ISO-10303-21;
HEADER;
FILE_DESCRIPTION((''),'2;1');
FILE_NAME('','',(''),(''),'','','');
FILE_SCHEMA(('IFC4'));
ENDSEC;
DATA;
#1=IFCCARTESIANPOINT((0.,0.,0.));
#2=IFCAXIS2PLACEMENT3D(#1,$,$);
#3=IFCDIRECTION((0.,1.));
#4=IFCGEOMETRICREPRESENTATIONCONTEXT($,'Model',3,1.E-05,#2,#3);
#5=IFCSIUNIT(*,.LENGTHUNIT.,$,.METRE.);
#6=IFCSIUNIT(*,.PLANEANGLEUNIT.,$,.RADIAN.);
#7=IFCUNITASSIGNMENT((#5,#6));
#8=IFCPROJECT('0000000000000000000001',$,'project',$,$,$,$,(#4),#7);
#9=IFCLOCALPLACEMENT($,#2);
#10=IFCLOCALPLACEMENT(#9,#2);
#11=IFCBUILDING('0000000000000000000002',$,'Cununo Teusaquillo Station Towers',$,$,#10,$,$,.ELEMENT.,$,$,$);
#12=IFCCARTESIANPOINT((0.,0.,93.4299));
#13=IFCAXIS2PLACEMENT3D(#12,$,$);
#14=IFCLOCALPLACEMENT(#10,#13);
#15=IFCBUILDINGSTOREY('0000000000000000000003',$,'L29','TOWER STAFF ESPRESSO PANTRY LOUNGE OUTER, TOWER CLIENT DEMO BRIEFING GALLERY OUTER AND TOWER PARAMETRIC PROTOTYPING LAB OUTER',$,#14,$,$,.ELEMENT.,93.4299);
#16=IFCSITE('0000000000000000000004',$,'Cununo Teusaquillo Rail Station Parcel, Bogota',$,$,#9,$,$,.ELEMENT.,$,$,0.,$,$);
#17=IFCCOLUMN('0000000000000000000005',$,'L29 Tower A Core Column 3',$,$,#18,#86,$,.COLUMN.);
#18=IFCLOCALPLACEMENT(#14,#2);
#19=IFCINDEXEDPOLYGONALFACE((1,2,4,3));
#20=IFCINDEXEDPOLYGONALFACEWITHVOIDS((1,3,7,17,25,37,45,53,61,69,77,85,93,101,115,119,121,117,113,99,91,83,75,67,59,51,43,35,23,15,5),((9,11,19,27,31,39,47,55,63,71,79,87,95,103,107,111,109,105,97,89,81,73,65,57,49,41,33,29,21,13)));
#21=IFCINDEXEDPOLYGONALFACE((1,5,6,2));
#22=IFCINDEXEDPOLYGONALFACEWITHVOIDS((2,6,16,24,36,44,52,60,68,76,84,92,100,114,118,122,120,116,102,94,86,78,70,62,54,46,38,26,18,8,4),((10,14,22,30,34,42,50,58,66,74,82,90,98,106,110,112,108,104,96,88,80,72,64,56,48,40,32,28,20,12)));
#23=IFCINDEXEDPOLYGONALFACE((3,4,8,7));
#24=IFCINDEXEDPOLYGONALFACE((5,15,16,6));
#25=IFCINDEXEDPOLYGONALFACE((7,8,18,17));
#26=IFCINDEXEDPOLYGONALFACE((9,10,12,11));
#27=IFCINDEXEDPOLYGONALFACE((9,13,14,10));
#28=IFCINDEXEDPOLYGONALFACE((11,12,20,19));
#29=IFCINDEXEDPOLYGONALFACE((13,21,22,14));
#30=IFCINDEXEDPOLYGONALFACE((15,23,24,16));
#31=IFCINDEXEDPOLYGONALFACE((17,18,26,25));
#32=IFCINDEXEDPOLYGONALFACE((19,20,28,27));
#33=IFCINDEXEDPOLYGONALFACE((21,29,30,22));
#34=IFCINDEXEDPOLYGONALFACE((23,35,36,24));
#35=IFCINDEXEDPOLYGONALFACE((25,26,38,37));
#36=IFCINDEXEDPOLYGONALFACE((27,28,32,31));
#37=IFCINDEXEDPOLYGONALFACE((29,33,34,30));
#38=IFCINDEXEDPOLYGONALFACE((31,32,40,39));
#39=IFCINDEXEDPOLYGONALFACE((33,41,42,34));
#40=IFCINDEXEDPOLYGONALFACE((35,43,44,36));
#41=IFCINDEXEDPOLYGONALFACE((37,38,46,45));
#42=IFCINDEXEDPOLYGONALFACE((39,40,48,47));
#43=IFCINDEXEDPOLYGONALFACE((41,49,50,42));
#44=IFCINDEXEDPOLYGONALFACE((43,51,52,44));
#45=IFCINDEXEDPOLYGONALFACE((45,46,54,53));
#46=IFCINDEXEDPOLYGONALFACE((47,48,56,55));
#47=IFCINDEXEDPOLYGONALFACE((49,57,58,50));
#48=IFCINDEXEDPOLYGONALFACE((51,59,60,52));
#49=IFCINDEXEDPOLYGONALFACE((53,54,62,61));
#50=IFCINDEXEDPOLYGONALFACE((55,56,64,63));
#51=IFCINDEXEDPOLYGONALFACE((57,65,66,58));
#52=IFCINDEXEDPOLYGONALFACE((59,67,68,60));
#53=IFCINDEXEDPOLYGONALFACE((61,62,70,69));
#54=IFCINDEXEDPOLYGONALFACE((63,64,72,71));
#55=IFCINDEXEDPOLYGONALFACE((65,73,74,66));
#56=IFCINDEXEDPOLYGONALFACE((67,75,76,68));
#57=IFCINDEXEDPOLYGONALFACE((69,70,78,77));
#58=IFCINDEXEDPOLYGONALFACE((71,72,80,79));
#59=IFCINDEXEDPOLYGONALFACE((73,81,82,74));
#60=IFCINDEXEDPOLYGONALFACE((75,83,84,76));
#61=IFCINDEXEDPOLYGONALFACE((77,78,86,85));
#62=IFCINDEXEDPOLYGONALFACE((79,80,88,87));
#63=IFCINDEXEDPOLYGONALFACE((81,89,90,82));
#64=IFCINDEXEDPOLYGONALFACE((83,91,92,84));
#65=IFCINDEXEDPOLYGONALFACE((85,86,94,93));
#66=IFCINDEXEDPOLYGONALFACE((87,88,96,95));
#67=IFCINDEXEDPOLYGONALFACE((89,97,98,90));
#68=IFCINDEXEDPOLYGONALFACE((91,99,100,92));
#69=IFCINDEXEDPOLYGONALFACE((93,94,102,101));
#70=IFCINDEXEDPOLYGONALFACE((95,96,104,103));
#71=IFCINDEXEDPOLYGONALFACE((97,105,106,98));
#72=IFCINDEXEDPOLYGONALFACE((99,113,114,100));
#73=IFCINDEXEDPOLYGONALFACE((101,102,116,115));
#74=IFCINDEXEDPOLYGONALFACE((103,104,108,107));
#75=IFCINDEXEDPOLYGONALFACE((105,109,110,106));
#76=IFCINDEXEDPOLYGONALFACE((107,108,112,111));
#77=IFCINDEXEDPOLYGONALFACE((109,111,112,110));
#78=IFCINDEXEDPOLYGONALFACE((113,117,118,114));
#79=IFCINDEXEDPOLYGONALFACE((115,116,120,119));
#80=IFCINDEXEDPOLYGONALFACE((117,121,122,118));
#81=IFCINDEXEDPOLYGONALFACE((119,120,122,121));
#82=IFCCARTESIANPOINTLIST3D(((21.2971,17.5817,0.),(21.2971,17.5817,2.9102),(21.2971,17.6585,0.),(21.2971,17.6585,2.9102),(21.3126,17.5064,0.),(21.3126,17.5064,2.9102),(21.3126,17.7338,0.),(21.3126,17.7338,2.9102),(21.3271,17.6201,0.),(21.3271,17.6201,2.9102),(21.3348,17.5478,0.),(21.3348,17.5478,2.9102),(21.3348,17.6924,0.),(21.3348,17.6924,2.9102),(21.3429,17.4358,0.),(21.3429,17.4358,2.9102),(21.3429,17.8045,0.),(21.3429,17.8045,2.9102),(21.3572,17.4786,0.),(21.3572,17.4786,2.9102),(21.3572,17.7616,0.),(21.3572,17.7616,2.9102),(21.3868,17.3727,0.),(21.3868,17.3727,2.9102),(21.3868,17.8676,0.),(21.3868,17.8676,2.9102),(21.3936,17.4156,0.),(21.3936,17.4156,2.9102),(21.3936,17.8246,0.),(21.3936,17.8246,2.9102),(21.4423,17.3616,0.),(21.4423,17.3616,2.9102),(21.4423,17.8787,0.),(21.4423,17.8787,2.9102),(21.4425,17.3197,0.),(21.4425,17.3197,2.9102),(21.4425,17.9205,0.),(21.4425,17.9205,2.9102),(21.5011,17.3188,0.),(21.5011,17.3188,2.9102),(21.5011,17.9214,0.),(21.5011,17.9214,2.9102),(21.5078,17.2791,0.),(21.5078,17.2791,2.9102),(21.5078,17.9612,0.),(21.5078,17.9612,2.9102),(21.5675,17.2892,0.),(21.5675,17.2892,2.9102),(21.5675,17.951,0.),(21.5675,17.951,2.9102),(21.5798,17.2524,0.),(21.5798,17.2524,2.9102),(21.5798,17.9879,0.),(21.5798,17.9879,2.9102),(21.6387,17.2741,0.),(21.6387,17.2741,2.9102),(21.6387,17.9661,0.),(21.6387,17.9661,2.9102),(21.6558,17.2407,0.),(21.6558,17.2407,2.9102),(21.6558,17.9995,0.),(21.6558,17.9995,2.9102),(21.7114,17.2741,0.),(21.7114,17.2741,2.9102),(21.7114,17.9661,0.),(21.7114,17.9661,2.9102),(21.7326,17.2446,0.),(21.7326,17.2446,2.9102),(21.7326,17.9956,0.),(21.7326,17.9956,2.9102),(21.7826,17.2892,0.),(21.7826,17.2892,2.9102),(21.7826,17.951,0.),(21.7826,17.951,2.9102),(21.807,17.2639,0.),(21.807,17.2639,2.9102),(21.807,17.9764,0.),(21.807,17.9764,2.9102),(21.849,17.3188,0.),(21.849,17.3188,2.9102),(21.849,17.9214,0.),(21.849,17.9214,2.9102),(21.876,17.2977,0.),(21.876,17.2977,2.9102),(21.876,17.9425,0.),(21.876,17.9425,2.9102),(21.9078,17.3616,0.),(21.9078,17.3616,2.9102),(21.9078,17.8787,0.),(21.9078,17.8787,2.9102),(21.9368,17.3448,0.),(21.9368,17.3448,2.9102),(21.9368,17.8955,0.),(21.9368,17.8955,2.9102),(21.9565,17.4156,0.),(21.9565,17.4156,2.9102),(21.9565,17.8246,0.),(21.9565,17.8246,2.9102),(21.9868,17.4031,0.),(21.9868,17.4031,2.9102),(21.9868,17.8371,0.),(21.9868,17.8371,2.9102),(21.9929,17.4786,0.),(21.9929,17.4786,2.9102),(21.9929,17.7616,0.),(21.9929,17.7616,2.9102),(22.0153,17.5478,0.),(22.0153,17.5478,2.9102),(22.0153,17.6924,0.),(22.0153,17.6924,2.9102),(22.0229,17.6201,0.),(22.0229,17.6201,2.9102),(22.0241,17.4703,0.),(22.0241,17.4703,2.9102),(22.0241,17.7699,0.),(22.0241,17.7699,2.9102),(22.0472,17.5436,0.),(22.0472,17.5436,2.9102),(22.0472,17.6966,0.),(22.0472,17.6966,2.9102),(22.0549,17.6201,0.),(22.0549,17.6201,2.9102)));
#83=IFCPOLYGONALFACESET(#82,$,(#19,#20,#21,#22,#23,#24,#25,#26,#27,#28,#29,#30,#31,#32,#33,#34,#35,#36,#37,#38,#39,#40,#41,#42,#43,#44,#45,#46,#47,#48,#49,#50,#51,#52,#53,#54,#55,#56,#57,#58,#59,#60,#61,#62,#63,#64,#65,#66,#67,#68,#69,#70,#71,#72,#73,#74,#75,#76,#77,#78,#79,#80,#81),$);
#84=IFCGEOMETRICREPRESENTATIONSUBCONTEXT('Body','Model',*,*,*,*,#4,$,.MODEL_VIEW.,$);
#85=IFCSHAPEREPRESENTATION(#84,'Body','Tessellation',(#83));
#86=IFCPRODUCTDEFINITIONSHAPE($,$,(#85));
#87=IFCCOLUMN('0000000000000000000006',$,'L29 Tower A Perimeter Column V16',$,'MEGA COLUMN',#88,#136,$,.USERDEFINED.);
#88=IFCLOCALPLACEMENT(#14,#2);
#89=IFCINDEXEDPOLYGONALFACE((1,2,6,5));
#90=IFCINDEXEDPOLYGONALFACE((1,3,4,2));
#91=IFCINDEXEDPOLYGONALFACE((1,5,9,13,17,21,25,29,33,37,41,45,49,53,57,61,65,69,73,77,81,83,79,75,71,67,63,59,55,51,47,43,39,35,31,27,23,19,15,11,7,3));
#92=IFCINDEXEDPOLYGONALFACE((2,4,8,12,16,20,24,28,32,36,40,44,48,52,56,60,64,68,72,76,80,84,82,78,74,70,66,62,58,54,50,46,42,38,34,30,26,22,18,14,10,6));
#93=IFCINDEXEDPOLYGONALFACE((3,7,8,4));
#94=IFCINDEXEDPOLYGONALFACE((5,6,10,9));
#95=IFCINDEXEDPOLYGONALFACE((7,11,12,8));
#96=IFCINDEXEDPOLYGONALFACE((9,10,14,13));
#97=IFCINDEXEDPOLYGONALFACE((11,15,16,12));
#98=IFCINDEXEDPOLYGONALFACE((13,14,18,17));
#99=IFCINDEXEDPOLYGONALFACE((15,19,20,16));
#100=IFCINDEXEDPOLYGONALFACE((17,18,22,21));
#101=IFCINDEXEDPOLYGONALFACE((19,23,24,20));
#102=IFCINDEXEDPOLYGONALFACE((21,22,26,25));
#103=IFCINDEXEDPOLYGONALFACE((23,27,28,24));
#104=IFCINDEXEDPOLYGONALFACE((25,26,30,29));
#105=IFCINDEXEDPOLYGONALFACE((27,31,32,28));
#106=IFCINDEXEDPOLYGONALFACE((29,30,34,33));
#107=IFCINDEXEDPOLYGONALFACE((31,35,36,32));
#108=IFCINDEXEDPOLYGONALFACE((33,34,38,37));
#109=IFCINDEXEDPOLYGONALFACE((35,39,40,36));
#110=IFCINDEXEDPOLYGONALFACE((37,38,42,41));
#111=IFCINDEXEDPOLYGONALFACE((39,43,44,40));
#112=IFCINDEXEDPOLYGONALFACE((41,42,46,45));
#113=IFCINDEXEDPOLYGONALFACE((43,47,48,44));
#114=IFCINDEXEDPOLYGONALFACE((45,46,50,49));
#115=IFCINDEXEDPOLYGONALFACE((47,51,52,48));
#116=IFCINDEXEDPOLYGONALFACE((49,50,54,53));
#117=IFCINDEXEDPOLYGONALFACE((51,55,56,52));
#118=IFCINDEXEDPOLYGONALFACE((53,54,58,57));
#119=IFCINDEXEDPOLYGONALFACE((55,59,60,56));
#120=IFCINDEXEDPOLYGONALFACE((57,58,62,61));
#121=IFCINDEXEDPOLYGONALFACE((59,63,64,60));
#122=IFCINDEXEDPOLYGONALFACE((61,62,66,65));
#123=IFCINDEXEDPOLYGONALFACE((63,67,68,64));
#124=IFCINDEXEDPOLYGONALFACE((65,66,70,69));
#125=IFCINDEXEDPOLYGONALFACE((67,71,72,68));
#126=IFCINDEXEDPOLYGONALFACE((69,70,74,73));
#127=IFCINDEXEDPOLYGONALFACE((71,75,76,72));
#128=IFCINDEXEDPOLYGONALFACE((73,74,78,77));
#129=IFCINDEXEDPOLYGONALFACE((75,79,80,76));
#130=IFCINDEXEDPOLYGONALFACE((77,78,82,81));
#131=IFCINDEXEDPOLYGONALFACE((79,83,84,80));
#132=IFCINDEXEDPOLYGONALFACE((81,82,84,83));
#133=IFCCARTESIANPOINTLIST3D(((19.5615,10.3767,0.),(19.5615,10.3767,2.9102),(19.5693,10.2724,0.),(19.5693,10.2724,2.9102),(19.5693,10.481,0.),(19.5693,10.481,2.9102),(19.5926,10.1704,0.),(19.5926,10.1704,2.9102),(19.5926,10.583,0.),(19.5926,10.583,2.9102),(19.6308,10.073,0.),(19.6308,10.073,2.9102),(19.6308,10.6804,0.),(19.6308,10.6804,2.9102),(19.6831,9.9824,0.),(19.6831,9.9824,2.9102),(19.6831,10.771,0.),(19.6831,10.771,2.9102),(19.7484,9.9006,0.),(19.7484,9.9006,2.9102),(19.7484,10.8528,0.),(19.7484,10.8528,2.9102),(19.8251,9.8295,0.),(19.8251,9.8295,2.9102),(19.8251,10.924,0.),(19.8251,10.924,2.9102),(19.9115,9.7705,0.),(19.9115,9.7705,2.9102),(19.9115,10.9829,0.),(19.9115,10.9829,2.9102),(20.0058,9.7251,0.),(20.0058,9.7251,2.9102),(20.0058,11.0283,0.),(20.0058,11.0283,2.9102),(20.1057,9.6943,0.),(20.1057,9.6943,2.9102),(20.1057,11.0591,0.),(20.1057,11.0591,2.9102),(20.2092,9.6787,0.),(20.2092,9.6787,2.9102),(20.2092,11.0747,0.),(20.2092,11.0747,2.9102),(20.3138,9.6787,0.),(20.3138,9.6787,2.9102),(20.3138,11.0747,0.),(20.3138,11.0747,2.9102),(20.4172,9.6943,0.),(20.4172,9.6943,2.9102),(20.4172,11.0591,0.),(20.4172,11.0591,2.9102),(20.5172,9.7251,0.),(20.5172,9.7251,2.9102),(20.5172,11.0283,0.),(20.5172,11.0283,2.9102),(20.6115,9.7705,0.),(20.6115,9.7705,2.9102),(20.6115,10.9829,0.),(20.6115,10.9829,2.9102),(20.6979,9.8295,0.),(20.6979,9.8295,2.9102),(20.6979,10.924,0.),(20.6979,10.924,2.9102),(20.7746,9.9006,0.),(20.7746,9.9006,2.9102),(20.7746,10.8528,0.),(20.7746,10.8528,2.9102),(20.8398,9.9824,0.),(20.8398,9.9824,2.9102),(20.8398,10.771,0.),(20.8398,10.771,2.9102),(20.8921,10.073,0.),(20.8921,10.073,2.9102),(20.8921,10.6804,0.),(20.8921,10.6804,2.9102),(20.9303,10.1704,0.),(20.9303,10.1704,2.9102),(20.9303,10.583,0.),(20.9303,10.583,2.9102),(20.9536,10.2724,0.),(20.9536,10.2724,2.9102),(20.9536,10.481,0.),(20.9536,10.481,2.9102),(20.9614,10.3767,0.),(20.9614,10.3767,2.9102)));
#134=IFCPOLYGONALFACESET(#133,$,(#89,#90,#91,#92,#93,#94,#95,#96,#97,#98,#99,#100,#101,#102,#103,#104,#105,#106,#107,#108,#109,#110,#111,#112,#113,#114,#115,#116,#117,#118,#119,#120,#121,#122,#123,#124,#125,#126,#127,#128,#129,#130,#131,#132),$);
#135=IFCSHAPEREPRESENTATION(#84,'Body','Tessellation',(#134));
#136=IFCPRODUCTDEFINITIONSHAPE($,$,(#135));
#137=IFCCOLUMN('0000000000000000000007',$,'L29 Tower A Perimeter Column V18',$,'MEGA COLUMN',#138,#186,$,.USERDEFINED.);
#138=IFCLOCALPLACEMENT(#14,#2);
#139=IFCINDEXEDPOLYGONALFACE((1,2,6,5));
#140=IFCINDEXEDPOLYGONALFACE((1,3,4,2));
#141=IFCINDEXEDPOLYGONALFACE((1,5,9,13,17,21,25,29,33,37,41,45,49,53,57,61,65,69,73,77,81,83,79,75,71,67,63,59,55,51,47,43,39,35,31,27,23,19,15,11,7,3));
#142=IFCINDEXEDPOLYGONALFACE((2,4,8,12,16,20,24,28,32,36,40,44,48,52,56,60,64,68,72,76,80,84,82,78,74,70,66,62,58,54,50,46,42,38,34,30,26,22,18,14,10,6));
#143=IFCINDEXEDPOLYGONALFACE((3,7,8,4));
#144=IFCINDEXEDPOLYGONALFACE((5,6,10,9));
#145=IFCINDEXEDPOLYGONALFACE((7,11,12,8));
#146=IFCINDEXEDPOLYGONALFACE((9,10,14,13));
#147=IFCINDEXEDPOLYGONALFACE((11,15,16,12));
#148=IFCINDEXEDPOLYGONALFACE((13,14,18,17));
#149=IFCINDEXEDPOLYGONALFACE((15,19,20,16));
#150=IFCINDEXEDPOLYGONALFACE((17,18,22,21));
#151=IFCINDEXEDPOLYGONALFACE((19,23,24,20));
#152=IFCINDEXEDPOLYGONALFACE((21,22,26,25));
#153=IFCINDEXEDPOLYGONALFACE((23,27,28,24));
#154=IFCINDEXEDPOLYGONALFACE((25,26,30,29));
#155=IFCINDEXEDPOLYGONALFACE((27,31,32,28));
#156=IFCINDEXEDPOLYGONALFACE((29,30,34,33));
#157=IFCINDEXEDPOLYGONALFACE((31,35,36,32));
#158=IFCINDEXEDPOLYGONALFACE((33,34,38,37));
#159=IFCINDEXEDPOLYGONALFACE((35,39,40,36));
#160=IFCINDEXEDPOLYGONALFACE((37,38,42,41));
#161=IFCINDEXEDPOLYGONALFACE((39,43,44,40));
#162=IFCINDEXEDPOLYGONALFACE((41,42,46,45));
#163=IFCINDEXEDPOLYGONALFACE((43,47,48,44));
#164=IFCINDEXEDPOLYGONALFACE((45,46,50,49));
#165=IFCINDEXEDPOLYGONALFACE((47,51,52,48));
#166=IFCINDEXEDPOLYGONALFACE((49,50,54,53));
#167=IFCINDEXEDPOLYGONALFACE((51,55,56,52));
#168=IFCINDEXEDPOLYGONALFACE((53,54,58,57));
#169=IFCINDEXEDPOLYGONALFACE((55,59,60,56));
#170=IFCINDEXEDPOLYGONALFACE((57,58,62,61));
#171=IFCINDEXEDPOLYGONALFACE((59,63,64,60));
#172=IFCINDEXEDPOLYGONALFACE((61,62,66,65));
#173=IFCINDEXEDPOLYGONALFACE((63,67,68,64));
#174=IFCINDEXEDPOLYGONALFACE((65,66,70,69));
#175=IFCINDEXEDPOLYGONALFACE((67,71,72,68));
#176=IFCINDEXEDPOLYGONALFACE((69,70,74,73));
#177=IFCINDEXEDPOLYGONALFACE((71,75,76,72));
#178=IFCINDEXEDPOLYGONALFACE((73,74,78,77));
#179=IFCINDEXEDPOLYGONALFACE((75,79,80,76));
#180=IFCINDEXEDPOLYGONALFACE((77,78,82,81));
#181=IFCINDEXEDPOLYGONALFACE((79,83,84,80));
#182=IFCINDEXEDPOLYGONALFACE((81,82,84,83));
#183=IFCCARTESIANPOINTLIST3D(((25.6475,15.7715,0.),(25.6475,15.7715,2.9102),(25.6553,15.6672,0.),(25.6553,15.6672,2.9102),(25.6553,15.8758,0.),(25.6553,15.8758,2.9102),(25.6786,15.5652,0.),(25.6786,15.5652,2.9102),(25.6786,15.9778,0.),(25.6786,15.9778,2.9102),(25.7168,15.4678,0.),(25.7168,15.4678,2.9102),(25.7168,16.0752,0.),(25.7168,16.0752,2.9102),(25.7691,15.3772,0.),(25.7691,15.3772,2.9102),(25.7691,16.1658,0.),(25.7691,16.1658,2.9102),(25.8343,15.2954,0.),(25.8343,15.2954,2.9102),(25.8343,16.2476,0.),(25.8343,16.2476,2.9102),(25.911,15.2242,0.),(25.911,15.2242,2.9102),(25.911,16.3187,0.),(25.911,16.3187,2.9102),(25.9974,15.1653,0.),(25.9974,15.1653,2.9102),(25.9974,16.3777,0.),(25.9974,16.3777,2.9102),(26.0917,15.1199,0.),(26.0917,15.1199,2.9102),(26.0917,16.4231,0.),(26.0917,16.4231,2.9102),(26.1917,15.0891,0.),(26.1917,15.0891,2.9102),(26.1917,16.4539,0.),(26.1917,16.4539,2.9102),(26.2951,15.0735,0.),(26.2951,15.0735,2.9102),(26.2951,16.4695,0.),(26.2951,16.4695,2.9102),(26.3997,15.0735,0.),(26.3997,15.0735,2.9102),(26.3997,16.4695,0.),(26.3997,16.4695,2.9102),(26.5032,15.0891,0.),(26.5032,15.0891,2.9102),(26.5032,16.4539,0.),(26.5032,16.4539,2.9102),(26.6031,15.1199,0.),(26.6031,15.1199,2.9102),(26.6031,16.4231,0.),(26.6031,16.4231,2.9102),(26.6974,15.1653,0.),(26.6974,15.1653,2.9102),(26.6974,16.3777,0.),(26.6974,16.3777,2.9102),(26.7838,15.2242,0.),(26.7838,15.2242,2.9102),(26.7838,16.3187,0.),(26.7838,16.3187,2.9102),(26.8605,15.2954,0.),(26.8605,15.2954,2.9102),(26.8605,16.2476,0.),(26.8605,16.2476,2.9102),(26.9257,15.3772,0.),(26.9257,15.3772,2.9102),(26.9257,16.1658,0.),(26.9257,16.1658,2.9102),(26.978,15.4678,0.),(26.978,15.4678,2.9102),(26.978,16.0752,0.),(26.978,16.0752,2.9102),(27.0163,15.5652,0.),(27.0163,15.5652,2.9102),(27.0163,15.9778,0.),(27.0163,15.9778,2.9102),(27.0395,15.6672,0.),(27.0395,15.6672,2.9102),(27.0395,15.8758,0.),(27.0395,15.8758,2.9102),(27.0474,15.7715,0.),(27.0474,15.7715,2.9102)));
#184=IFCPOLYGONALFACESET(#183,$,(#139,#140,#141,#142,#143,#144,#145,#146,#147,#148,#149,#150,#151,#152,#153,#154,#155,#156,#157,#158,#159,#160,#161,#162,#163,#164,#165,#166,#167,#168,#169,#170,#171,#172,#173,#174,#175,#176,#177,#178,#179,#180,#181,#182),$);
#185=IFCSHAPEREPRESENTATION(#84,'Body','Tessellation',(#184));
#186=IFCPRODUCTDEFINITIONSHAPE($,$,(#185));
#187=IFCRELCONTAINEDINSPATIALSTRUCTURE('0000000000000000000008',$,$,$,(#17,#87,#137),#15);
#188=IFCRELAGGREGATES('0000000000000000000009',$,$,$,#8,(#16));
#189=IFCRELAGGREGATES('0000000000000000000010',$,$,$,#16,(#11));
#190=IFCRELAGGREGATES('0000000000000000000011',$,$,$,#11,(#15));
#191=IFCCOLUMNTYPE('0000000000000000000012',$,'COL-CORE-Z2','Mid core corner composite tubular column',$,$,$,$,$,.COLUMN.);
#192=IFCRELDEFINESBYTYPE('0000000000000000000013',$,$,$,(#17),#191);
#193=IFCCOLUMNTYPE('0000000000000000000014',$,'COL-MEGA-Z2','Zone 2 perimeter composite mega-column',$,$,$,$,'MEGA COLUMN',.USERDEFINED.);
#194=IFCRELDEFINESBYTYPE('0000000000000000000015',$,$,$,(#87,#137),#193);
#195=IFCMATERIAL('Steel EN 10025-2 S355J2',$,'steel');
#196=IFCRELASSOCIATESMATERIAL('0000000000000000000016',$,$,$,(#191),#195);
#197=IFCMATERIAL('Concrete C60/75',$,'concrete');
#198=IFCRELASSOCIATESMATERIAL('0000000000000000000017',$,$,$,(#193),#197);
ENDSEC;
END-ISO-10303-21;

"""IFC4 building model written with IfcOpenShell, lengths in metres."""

from ifc_helpers import new_model, si_unit, direction, frame, origin, origin_2d, place, context, subcontext, project, spatial, circle, hollow_circle, extrude, material, material_profile, profile_set, type_object, element, save


model = new_model("IFC4")

# Units and contexts
model_context = context("Model", 3, precision=1e-05, world=origin(), true_north=direction((0.0, 1.0)))
body_context = subcontext(model_context, "Body", "Model", "MODEL_VIEW")
ifc_project = project(units=[si_unit("LENGTHUNIT", "METRE"), si_unit("PLANEANGLEUNIT", "RADIAN")], contexts=[model_context])

# Site, building, storey
site_placement = place(None, origin())
site = spatial("IfcSite", under=ifc_project, at=site_placement, Name="Cununo Teusaquillo Rail Station Parcel, Bogota", CompositionType="ELEMENT", RefElevation=0.0)
building_placement = place(site_placement, origin())
building = spatial("IfcBuilding", under=site, at=building_placement, Name="Cununo Teusaquillo Station Towers", CompositionType="ELEMENT")
storey_placement = place(building_placement, frame((0.0, 0.0, 93.4299)))
storey = spatial("IfcBuildingStorey", under=building, at=storey_placement, Name="L29", Description="TOWER STAFF ESPRESSO PANTRY LOUNGE OUTER, TOWER CLIENT DEMO BRIEFING GALLERY OUTER AND TOWER PARAMETRIC PROTOTYPING LAB OUTER", CompositionType="ELEMENT", Elevation=93.4299)

# Columns
ifc_material_1 = material(Name="Steel EN 10025-2 S355J2", Category="steel")
ifc_material_profile_1 = material_profile(ifc_material_1, hollow_circle(Radius=0.3799, WallThickness=0.032, at=origin_2d()), Name="CHS 760x32")
ifc_profile_set_1 = profile_set([ifc_material_profile_1], Name="Steel EN 10025-2 S355J2")
column_type_1 = type_object("IfcColumnType", Name="COL-CORE-Z2", Description="Mid core corner composite tubular column", PredefinedType="COLUMN", material=ifc_profile_set_1)
column_placement = place(storey_placement, frame((21.675, 17.6201, 0.0), z_axis=(0.0, 0.0, 1.0), x_axis=(1.0, 0.0, 0.0)))
element("IfcColumn", 1, at=column_placement, inside=storey, type_object=column_type_1, Name="L29 Tower A Core Column 3", PredefinedType="COLUMN", context=body_context, shape_type="SweptSolid", body=[
    extrude(hollow_circle(Radius=0.3799, WallThickness=0.032, at=origin_2d()), origin(), (0.0, 0.0, 1.0), 2.9102),
])
ifc_material_2 = material(Name="Concrete C60/75", Category="concrete")
ifc_material_profile_2 = material_profile(ifc_material_2, circle(Radius=0.7, at=origin_2d()), Name="RC-CIRC-1400")
ifc_profile_set_2 = profile_set([ifc_material_profile_2], Name="Concrete C60/75")
column_type_2 = type_object("IfcColumnType", Name="COL-MEGA-Z2", Description="Zone 2 perimeter composite mega-column", ElementType="MEGA COLUMN", PredefinedType="USERDEFINED", material=ifc_profile_set_2)
for number, where, z_axis, x_axis, name in (
    (2, (20.2615, 10.3767, 0.0), (0.0, 0.0, 1.0), (1.0, 0.0, 0.0), "L29 Tower A Perimeter Column V16"),
    (3, (26.3474, 15.7715, 0.0), (0.0, 0.0, 1.0), (1.0, 0.0, 0.0), "L29 Tower A Perimeter Column V18"),
):
    element("IfcColumn", number, at=place(storey_placement, frame(where, z_axis=z_axis, x_axis=x_axis)), inside=storey, type_object=column_type_2, Name=name, ObjectType="MEGA COLUMN", PredefinedType="USERDEFINED", context=body_context, shape_type="SweptSolid", body=[
        extrude(circle(Radius=0.7, at=origin_2d()), origin(), (0.0, 0.0, 1.0), 2.9102),
    ])

save(model, "model.ifc")
